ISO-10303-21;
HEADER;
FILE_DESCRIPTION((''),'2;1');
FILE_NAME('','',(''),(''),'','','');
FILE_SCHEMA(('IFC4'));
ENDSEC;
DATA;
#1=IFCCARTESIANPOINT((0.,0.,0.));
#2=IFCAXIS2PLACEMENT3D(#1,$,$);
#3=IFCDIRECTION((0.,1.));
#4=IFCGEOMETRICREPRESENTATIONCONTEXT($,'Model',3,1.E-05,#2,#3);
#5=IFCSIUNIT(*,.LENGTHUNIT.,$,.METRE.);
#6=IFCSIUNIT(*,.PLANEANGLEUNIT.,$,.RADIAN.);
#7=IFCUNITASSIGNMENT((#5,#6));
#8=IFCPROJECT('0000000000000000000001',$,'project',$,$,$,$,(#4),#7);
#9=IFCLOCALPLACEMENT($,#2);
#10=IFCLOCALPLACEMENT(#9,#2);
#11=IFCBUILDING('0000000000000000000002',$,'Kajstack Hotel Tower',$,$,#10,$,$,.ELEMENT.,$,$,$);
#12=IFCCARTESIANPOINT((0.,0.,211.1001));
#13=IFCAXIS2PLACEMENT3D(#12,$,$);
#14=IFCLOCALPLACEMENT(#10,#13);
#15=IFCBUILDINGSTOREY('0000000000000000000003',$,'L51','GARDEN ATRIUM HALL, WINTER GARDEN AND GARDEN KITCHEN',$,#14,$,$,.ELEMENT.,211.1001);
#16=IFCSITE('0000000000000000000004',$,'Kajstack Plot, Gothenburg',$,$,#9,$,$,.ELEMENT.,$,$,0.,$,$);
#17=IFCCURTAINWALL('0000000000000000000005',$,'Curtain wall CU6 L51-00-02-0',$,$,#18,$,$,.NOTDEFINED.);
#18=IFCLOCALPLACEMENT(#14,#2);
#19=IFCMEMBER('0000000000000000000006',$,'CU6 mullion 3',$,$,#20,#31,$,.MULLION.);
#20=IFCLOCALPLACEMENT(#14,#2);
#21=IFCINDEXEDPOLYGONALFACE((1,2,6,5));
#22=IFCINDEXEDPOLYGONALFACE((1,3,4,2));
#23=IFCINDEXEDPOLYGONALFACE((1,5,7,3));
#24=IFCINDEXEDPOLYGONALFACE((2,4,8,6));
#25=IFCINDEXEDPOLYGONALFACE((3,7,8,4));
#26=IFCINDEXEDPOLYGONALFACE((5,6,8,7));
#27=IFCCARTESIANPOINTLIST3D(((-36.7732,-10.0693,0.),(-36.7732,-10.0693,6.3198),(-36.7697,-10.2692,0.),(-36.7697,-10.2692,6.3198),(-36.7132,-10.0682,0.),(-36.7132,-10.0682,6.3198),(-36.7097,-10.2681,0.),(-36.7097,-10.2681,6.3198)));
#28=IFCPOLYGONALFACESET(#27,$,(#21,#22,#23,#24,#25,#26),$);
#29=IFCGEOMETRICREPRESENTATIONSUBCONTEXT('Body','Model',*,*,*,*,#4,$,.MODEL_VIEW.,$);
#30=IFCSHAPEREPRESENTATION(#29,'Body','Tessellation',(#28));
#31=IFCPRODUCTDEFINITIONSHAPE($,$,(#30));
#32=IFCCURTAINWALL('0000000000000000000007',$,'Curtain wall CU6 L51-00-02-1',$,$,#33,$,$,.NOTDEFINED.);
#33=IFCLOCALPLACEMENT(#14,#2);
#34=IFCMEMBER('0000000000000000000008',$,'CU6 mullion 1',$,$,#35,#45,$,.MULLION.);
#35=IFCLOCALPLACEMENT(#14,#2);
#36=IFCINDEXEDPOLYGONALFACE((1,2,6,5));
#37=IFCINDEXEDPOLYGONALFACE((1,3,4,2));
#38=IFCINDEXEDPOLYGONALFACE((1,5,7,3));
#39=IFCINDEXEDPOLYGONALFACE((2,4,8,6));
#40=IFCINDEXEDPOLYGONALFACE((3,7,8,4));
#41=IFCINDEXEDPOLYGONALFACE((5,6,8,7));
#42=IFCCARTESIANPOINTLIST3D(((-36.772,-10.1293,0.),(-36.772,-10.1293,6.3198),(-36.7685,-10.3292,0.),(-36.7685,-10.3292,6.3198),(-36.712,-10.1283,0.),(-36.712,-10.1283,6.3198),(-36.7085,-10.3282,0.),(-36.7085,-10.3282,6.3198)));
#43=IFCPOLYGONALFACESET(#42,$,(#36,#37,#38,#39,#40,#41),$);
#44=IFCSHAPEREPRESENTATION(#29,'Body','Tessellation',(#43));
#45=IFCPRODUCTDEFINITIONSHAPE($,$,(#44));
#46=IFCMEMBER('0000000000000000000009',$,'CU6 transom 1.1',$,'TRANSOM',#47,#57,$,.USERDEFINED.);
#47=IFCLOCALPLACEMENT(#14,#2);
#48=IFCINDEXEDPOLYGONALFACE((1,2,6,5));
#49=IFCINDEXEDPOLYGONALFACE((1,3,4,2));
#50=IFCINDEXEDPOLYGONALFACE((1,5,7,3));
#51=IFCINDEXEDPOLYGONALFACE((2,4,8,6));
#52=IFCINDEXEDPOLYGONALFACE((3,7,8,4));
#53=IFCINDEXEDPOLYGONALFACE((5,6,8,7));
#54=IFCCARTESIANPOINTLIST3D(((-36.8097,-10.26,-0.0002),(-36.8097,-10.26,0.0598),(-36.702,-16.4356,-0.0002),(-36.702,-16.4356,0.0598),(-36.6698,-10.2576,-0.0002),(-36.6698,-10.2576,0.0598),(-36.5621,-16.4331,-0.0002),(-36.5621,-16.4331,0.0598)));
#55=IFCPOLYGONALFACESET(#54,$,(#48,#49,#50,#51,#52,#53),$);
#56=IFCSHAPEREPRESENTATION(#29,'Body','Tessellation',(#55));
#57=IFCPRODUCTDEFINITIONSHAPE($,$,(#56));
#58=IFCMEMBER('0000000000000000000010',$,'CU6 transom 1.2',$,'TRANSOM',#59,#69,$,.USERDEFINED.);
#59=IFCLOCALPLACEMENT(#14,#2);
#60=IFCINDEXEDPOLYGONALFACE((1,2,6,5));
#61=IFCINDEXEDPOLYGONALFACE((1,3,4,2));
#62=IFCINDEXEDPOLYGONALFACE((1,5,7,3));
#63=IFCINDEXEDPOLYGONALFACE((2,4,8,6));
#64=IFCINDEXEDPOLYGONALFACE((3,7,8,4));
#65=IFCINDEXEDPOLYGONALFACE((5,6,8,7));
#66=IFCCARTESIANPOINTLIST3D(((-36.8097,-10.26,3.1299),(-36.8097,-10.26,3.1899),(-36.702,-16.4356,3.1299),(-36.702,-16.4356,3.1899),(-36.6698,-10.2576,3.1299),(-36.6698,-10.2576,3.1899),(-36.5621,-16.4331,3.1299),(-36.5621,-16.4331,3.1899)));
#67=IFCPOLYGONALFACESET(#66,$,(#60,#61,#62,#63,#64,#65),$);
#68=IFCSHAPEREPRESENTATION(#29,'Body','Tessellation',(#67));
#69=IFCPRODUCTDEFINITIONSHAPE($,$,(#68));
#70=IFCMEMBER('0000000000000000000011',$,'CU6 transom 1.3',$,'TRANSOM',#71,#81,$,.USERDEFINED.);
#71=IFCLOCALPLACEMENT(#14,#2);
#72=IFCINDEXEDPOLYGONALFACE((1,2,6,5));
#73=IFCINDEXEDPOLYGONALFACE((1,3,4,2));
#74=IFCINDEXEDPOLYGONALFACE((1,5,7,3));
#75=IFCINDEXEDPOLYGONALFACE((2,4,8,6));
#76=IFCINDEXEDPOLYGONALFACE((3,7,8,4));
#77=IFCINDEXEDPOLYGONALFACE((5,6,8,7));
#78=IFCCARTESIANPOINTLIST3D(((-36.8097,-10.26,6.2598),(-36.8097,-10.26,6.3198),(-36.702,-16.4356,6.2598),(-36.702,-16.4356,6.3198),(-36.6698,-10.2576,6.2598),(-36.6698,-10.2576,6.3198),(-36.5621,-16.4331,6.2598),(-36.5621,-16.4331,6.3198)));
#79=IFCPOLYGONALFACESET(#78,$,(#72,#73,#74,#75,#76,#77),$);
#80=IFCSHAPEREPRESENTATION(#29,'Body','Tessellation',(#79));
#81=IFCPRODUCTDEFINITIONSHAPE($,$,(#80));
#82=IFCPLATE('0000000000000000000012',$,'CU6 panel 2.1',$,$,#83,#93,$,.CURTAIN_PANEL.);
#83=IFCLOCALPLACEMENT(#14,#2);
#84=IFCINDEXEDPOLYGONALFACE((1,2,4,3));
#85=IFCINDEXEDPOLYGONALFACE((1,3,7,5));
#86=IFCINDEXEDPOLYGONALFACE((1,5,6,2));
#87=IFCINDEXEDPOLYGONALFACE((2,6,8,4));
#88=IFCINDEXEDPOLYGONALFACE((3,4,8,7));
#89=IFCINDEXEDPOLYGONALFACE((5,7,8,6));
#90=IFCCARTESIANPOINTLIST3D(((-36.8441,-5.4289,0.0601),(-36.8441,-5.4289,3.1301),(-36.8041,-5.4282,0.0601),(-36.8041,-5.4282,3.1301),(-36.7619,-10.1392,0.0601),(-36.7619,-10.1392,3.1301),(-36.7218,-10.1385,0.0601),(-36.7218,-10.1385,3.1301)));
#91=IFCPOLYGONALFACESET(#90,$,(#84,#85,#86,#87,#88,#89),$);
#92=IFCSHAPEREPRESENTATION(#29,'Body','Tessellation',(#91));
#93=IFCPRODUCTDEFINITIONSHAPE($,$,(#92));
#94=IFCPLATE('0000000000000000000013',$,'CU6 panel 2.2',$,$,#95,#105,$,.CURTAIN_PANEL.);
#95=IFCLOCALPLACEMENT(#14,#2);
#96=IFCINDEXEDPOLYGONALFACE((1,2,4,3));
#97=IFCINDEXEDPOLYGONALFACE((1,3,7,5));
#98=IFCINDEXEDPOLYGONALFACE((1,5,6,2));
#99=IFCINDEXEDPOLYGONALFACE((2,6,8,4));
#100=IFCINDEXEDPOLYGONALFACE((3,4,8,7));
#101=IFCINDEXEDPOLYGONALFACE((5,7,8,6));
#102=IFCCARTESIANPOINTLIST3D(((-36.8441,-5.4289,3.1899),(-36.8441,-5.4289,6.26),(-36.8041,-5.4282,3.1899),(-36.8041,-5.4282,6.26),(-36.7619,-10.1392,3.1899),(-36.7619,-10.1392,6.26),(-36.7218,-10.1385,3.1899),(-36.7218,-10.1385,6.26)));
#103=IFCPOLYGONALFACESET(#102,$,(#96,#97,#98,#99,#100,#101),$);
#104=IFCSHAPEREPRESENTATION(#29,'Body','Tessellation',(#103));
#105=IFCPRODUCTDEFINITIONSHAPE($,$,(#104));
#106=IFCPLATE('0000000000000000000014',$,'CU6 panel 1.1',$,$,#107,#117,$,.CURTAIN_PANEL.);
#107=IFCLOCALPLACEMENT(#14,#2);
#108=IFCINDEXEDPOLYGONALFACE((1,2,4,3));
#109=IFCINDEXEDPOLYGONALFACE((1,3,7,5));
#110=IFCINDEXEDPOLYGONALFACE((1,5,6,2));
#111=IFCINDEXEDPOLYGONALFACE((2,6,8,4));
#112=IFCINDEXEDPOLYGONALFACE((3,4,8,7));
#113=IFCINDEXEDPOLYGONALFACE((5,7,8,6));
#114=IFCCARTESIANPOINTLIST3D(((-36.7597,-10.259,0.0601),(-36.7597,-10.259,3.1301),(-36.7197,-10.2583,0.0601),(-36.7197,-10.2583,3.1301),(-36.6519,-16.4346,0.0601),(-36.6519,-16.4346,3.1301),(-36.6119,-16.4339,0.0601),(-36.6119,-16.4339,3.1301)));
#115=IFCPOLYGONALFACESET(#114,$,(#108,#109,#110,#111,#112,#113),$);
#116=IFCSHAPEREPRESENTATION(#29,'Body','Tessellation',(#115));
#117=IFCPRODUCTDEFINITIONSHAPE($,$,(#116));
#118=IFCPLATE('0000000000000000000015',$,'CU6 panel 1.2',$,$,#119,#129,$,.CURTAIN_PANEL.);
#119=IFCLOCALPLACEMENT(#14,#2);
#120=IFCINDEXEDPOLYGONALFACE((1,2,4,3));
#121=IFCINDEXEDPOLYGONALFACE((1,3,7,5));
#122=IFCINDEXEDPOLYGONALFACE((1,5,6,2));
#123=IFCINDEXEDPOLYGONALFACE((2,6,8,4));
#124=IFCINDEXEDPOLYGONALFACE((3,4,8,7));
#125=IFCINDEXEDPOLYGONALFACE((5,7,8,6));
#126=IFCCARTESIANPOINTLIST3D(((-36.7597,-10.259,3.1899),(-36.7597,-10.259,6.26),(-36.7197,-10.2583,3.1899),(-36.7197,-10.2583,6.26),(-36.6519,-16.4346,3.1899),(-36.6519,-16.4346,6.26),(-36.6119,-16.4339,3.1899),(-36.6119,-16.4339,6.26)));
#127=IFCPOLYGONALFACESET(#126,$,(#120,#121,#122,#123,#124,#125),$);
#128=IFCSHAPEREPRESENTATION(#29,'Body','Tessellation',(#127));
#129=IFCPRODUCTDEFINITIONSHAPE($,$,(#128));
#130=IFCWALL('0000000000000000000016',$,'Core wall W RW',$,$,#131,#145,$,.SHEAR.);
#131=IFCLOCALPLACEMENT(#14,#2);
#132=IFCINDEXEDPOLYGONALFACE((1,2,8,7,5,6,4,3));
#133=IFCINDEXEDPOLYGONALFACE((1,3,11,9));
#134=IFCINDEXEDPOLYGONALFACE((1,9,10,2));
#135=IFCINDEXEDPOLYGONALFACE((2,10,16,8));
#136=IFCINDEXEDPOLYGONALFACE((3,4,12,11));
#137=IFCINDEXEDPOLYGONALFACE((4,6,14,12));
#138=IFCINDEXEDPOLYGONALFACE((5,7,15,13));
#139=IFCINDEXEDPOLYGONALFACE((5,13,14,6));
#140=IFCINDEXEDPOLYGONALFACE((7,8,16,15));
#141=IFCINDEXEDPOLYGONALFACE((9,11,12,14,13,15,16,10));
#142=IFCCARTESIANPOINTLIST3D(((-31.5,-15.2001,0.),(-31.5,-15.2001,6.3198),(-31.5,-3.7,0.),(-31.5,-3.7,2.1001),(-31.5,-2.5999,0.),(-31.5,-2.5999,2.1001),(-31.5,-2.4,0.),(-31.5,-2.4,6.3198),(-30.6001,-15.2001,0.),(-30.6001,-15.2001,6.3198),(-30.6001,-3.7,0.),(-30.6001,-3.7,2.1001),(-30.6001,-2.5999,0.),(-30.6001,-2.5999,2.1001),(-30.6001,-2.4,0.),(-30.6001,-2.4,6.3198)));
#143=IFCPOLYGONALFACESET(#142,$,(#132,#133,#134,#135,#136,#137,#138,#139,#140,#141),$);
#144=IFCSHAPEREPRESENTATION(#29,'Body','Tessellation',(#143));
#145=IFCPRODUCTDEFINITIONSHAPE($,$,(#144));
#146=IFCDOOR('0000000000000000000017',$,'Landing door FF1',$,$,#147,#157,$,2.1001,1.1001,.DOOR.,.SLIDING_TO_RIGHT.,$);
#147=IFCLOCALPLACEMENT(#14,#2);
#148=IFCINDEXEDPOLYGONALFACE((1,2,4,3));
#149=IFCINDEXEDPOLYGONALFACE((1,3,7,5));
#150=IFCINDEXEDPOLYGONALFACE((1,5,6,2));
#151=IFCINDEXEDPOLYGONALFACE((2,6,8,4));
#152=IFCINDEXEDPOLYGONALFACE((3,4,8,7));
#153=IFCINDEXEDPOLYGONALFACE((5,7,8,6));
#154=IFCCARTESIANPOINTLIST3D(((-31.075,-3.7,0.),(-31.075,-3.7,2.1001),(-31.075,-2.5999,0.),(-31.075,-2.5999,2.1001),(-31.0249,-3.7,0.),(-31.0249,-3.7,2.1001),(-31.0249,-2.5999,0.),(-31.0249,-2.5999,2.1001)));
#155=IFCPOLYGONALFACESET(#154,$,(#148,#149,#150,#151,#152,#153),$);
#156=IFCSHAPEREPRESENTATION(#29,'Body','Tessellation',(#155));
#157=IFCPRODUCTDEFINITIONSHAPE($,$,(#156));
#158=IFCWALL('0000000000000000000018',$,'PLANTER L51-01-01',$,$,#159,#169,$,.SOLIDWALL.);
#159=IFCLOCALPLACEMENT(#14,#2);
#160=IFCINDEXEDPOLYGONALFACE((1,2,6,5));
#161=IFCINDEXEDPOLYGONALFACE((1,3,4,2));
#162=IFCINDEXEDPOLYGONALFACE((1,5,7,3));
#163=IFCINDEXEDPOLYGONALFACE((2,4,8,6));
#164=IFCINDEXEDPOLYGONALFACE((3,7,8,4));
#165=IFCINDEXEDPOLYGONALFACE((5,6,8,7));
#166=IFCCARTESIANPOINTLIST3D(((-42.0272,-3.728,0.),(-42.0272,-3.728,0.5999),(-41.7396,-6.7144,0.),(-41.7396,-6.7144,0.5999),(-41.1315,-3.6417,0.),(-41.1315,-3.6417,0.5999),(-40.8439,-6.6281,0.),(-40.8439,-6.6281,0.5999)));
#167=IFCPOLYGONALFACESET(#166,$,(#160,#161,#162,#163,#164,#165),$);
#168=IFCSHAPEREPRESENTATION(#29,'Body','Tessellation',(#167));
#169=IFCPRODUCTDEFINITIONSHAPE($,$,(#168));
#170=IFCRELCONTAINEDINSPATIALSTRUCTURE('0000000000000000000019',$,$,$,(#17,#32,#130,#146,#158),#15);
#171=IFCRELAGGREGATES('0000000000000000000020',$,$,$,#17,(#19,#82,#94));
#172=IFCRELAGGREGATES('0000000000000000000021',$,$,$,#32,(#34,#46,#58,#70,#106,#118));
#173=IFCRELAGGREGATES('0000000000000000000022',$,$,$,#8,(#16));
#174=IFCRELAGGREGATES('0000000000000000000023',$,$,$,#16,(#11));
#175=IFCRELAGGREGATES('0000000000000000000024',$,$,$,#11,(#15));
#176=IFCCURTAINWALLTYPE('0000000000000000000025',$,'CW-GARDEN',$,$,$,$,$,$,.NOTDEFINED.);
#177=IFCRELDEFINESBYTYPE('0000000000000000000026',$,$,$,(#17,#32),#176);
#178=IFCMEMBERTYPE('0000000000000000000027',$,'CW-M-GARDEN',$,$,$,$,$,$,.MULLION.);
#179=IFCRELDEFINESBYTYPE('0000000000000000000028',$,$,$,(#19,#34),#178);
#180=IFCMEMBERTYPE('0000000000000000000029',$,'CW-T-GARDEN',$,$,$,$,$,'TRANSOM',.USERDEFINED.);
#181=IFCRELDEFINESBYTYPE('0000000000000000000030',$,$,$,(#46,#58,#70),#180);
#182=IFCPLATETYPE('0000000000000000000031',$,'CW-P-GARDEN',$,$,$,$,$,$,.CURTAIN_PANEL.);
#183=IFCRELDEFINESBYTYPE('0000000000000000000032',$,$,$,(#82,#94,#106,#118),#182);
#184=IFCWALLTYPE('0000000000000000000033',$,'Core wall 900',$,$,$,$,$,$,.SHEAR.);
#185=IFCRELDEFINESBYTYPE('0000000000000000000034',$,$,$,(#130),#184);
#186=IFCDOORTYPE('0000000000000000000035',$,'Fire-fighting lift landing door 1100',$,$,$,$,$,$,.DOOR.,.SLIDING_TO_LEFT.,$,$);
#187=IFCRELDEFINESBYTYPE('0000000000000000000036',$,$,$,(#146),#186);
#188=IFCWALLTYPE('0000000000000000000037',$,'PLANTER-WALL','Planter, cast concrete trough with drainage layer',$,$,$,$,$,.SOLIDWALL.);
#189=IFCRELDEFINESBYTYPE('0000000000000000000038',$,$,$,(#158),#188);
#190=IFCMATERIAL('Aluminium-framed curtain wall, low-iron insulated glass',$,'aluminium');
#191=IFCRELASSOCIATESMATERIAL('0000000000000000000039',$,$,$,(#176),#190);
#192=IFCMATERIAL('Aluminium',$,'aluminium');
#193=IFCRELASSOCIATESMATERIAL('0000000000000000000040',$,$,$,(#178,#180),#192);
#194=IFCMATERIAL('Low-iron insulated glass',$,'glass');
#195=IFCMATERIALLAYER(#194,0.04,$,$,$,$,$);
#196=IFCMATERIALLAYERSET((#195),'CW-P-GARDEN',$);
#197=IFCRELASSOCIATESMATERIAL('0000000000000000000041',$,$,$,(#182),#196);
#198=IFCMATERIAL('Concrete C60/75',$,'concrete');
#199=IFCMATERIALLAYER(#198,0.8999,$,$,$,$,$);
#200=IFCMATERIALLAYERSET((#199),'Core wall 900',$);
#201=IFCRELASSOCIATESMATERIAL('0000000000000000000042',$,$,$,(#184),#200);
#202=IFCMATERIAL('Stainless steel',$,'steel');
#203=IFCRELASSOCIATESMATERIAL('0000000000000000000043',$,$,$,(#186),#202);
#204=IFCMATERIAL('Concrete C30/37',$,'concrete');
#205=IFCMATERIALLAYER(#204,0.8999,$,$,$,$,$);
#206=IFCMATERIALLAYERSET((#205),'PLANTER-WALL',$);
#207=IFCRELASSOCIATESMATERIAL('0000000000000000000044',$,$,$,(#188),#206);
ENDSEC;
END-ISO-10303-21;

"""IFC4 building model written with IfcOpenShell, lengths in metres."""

from ifc_helpers import new_model, si_unit, direction, frame, frame_2d, origin, origin_2d, place, context, subcontext, project, spatial, rectangle, extrude, material, layer, layer_set, material_profile, profile_set, type_object, element, fill, aggregate, save


model = new_model("IFC4")

# Units and contexts
model_context = context("Model", 3, precision=1e-05, world=origin(), true_north=direction((0.0, 1.0)))
body_context = subcontext(model_context, "Body", "Model", "MODEL_VIEW")
ifc_project = project(units=[si_unit("LENGTHUNIT", "METRE"), si_unit("PLANEANGLEUNIT", "RADIAN")], contexts=[model_context])

# Site, building, storey
site_placement = place(None, origin())
site = spatial("IfcSite", under=ifc_project, at=site_placement, Name="Kajstack Plot, Gothenburg", CompositionType="ELEMENT", RefElevation=0.0)
building_placement = place(site_placement, origin())
building = spatial("IfcBuilding", under=site, at=building_placement, Name="Kajstack Hotel Tower", CompositionType="ELEMENT")
storey_placement = place(building_placement, frame((0.0, 0.0, 211.1001)))
storey = spatial("IfcBuildingStorey", under=building, at=storey_placement, Name="L51", Description="GARDEN ATRIUM HALL, WINTER GARDEN AND GARDEN KITCHEN", CompositionType="ELEMENT", Elevation=211.1001)

# Curtain wall, member
ifc_material_1 = material(Name="Aluminium-framed curtain wall, low-iron insulated glass", Category="aluminium")
curtain_wall_type = type_object("IfcCurtainWallType", Name="CW-GARDEN", PredefinedType="NOTDEFINED", material=ifc_material_1)
curtain_wall_1_placement = place(storey_placement, origin())
curtain_wall_1 = element("IfcCurtainWall", 1, at=curtain_wall_1_placement, inside=storey, type_object=curtain_wall_type, Name="Curtain wall CU6 L51-00-02-0", PredefinedType="NOTDEFINED")
ifc_material_2 = material(Name="Aluminium", Category="aluminium")
ifc_material_profile_1 = material_profile(ifc_material_2, rectangle(XDim=0.0601, YDim=0.2, at=origin_2d()), Name="Aluminium mullion 60 x 200")
ifc_profile_set_1 = profile_set([ifc_material_profile_1], Name="Aluminium")
member_type_1 = type_object("IfcMemberType", Name="CW-M-GARDEN", PredefinedType="MULLION", material=ifc_profile_set_1)
member_1_placement = place(storey_placement, frame((-36.7415, -10.1687, 0.0), z_axis=(0.0, 0.0, 1.0), x_axis=(0.999848, 0.017455, 0.0)))
member_1 = element("IfcMember", 2, at=member_1_placement, type_object=member_type_1, Name="CU6 mullion 3", PredefinedType="MULLION", context=body_context, shape_type="SweptSolid", body=[
    extrude(rectangle(XDim=0.0601, YDim=0.2, at=origin_2d()), origin(), (0.0, 0.0, 1.0), 6.3198),
])

# Curtain wall, members
curtain_wall_2_placement = place(storey_placement, origin())
curtain_wall_2 = element("IfcCurtainWall", 3, at=curtain_wall_2_placement, inside=storey, type_object=curtain_wall_type, Name="Curtain wall CU6 L51-00-02-1", PredefinedType="NOTDEFINED")
member_2_placement = place(storey_placement, frame((-36.7402, -10.2288, 0.0), z_axis=(0.0, 0.0, 1.0), x_axis=(0.999848, 0.017455, 0.0)))
member_2 = element("IfcMember", 4, at=member_2_placement, type_object=member_type_1, Name="CU6 mullion 1", PredefinedType="MULLION", context=body_context, shape_type="SweptSolid", body=[
    extrude(rectangle(XDim=0.0601, YDim=0.2, at=origin_2d()), origin(), (0.0, 0.0, 1.0), 6.3198),
])
ifc_material_profile_2 = material_profile(ifc_material_2, rectangle(XDim=0.1399, YDim=0.0601, at=origin_2d()), Name="Aluminium transom 140 x 60")
ifc_profile_set_2 = profile_set([ifc_material_profile_2], Name="Aluminium")
member_type_2 = type_object("IfcMemberType", Name="CW-T-GARDEN", ElementType="TRANSOM", PredefinedType="USERDEFINED", material=ifc_profile_set_2)
member_3_placement = place(storey_placement, frame((-36.7397, -10.2588, 0.0298), z_axis=(0.017432, -0.999848, 0.0), x_axis=(0.999848, 0.017432, 0.0)))
member_3 = element("IfcMember", 5, at=member_3_placement, type_object=member_type_2, Name="CU6 transom 1.1", ObjectType="TRANSOM", PredefinedType="USERDEFINED", context=body_context, shape_type="SweptSolid", body=[
    extrude(rectangle(XDim=0.1399, YDim=0.0601, at=origin_2d()), origin(), (0.0, 0.0, 1.0), 6.1765),
])
member_4_placement = place(storey_placement, frame((-36.7397, -10.2588, 3.1599), z_axis=(0.017432, -0.999848, 0.0), x_axis=(0.999848, 0.017432, 0.0)))
member_4 = element("IfcMember", 6, at=member_4_placement, type_object=member_type_2, Name="CU6 transom 1.2", ObjectType="TRANSOM", PredefinedType="USERDEFINED", context=body_context, shape_type="SweptSolid", body=[
    extrude(rectangle(XDim=0.1399, YDim=0.0601, at=origin_2d()), origin(), (0.0, 0.0, 1.0), 6.1765),
])
member_5_placement = place(storey_placement, frame((-36.7397, -10.2588, 6.2898), z_axis=(0.017432, -0.999848, 0.0), x_axis=(0.999848, 0.017432, 0.0)))
member_5 = element("IfcMember", 7, at=member_5_placement, type_object=member_type_2, Name="CU6 transom 1.3", ObjectType="TRANSOM", PredefinedType="USERDEFINED", context=body_context, shape_type="SweptSolid", body=[
    extrude(rectangle(XDim=0.1399, YDim=0.0601, at=origin_2d()), origin(), (0.0, 0.0, 1.0), 6.1765),
])

# Plates
ifc_material_3 = material(Name="Low-iron insulated glass", Category="glass")
ifc_layer_1 = layer(ifc_material_3, 0.04)
ifc_layer_set_1 = layer_set([ifc_layer_1], Name="CW-P-GARDEN")
plate_type = type_object("IfcPlateType", Name="CW-P-GARDEN", PredefinedType="CURTAIN_PANEL", material=ifc_layer_set_1)
plate_1_placement = place(storey_placement, frame((-36.783, -7.7837, 0.0601), z_axis=(0.0, 0.0, 1.0), x_axis=(0.017455, -0.999848, 0.0)))
plate_1 = element("IfcPlate", 8, at=plate_1_placement, type_object=plate_type, Name="CU6 panel 2.1", PredefinedType="CURTAIN_PANEL", context=body_context, shape_type="SweptSolid", body=[
    extrude(rectangle(XDim=4.7109, YDim=0.04, at=origin_2d()), origin(), (0.0, 0.0, 1.0), 3.0701),
])
plate_2_placement = place(storey_placement, frame((-36.783, -7.7837, 3.1899), z_axis=(0.0, 0.0, 1.0), x_axis=(0.017455, -0.999848, 0.0)))
plate_2 = element("IfcPlate", 9, at=plate_2_placement, type_object=plate_type, Name="CU6 panel 2.2", PredefinedType="CURTAIN_PANEL", context=body_context, shape_type="SweptSolid", body=[
    extrude(rectangle(XDim=4.7109, YDim=0.04, at=origin_2d()), origin(), (0.0, 0.0, 1.0), 3.0701),
])
aggregate(curtain_wall_1, [member_1, plate_1, plate_2])
plate_3_placement = place(storey_placement, frame((-36.6858, -13.3464, 0.0601), z_axis=(0.0, 0.0, 1.0), x_axis=(0.017455, -0.999848, 0.0)))
plate_3 = element("IfcPlate", 10, at=plate_3_placement, type_object=plate_type, Name="CU6 panel 1.1", PredefinedType="CURTAIN_PANEL", context=body_context, shape_type="SweptSolid", body=[
    extrude(rectangle(XDim=6.1765, YDim=0.04, at=origin_2d()), origin(), (0.0, 0.0, 1.0), 3.0701),
])
plate_4_placement = place(storey_placement, frame((-36.6858, -13.3464, 3.1899), z_axis=(0.0, 0.0, 1.0), x_axis=(0.017455, -0.999848, 0.0)))
plate_4 = element("IfcPlate", 11, at=plate_4_placement, type_object=plate_type, Name="CU6 panel 1.2", PredefinedType="CURTAIN_PANEL", context=body_context, shape_type="SweptSolid", body=[
    extrude(rectangle(XDim=6.1765, YDim=0.04, at=origin_2d()), origin(), (0.0, 0.0, 1.0), 3.0701),
])
aggregate(curtain_wall_2, [member_2, member_3, member_4, member_5, plate_3, plate_4])

# Wall, opening, door
ifc_material_4 = material(Name="Concrete C60/75", Category="concrete")
ifc_layer_2 = layer(ifc_material_4, 0.8999)
ifc_layer_set_2 = layer_set([ifc_layer_2], Name="Core wall 900")
wall_type_1 = type_object("IfcWallType", Name="Core wall 900", PredefinedType="SHEAR", material=ifc_layer_set_2)
wall_1_placement = place(storey_placement, frame((-31.05, -15.2, 0.0), z_axis=(0.0, 0.0, 1.0), x_axis=(0.0, 1.0, 0.0)))
wall_1 = element("IfcWall", 12, at=wall_1_placement, inside=storey, type_object=wall_type_1, Name="Core wall W RW", PredefinedType="SHEAR", context=body_context, shape_type="SweptSolid", body=[
    extrude(rectangle(XDim=12.8, YDim=0.8999, at=frame_2d((6.3999, 0.0))), origin(), (0.0, 0.0, 1.0), 6.3198),
])
opening_1_placement = place(wall_1_placement, frame((11.5, 0.0, 0.0)))
opening_1 = element("IfcOpeningElement", 13, at=opening_1_placement, cuts=wall_1, PredefinedType="OPENING", context=body_context, shape_type="SweptSolid", body=[
    extrude(rectangle(XDim=1.1001, YDim=2.1001, at=frame_2d((0.55, 1.05))), frame((0.0, 0.46, 0.0), z_axis=(0.0, -1.0, 0.0), x_axis=(1.0, 0.0, 0.0)), (0.0, 0.0, 1.0), 0.9199),
])
ifc_material_5 = material(Name="Stainless steel", Category="steel")
door_type_1 = type_object("IfcDoorType", Name="Fire-fighting lift landing door 1100", OperationType="SLIDING_TO_LEFT", PredefinedType="DOOR", material=ifc_material_5)
door_1_placement = place(opening_1_placement, origin())
door_1 = element("IfcDoor", 14, at=door_1_placement, inside=storey, type_object=door_type_1, Name="Landing door FF1", OperationType="SLIDING_TO_RIGHT", OverallHeight=2.1001, OverallWidth=1.1001, PredefinedType="DOOR", context=body_context, shape_type="SweptSolid", body=[
    extrude(rectangle(XDim=1.1001, YDim=2.1001, at=frame_2d((0.55, 1.05))), frame((0.0, 0.0249, 0.0), z_axis=(0.0, -1.0, 0.0), x_axis=(1.0, 0.0, 0.0)), (0.0, 0.0, 1.0), 0.05),
])
fill(opening_1, door_1)

# Wall
ifc_material_6 = material(Name="Concrete C30/37", Category="concrete")
ifc_layer_3 = layer(ifc_material_6, 0.8999)
ifc_layer_set_3 = layer_set([ifc_layer_3], Name="PLANTER-WALL")
wall_type_2 = type_object("IfcWallType", Name="PLANTER-WALL", Description="Planter, cast concrete trough with drainage layer", PredefinedType="SOLIDWALL", material=ifc_layer_set_3)
wall_2_placement = place(storey_placement, frame((-41.2917, -6.6711, 0.0), z_axis=(0.0, 0.0, 1.0), x_axis=(-0.095861, 0.995395, 0.0)))
element("IfcWall", 15, at=wall_2_placement, inside=storey, type_object=wall_type_2, Name="PLANTER L51-01-01", PredefinedType="SOLIDWALL", context=body_context, shape_type="SweptSolid", body=[
    extrude(rectangle(XDim=3.0002, YDim=0.8999, at=frame_2d((1.5, 0.0))), origin(), (0.0, 0.0, 1.0), 0.5999),
])

save(model, "model.ifc")
